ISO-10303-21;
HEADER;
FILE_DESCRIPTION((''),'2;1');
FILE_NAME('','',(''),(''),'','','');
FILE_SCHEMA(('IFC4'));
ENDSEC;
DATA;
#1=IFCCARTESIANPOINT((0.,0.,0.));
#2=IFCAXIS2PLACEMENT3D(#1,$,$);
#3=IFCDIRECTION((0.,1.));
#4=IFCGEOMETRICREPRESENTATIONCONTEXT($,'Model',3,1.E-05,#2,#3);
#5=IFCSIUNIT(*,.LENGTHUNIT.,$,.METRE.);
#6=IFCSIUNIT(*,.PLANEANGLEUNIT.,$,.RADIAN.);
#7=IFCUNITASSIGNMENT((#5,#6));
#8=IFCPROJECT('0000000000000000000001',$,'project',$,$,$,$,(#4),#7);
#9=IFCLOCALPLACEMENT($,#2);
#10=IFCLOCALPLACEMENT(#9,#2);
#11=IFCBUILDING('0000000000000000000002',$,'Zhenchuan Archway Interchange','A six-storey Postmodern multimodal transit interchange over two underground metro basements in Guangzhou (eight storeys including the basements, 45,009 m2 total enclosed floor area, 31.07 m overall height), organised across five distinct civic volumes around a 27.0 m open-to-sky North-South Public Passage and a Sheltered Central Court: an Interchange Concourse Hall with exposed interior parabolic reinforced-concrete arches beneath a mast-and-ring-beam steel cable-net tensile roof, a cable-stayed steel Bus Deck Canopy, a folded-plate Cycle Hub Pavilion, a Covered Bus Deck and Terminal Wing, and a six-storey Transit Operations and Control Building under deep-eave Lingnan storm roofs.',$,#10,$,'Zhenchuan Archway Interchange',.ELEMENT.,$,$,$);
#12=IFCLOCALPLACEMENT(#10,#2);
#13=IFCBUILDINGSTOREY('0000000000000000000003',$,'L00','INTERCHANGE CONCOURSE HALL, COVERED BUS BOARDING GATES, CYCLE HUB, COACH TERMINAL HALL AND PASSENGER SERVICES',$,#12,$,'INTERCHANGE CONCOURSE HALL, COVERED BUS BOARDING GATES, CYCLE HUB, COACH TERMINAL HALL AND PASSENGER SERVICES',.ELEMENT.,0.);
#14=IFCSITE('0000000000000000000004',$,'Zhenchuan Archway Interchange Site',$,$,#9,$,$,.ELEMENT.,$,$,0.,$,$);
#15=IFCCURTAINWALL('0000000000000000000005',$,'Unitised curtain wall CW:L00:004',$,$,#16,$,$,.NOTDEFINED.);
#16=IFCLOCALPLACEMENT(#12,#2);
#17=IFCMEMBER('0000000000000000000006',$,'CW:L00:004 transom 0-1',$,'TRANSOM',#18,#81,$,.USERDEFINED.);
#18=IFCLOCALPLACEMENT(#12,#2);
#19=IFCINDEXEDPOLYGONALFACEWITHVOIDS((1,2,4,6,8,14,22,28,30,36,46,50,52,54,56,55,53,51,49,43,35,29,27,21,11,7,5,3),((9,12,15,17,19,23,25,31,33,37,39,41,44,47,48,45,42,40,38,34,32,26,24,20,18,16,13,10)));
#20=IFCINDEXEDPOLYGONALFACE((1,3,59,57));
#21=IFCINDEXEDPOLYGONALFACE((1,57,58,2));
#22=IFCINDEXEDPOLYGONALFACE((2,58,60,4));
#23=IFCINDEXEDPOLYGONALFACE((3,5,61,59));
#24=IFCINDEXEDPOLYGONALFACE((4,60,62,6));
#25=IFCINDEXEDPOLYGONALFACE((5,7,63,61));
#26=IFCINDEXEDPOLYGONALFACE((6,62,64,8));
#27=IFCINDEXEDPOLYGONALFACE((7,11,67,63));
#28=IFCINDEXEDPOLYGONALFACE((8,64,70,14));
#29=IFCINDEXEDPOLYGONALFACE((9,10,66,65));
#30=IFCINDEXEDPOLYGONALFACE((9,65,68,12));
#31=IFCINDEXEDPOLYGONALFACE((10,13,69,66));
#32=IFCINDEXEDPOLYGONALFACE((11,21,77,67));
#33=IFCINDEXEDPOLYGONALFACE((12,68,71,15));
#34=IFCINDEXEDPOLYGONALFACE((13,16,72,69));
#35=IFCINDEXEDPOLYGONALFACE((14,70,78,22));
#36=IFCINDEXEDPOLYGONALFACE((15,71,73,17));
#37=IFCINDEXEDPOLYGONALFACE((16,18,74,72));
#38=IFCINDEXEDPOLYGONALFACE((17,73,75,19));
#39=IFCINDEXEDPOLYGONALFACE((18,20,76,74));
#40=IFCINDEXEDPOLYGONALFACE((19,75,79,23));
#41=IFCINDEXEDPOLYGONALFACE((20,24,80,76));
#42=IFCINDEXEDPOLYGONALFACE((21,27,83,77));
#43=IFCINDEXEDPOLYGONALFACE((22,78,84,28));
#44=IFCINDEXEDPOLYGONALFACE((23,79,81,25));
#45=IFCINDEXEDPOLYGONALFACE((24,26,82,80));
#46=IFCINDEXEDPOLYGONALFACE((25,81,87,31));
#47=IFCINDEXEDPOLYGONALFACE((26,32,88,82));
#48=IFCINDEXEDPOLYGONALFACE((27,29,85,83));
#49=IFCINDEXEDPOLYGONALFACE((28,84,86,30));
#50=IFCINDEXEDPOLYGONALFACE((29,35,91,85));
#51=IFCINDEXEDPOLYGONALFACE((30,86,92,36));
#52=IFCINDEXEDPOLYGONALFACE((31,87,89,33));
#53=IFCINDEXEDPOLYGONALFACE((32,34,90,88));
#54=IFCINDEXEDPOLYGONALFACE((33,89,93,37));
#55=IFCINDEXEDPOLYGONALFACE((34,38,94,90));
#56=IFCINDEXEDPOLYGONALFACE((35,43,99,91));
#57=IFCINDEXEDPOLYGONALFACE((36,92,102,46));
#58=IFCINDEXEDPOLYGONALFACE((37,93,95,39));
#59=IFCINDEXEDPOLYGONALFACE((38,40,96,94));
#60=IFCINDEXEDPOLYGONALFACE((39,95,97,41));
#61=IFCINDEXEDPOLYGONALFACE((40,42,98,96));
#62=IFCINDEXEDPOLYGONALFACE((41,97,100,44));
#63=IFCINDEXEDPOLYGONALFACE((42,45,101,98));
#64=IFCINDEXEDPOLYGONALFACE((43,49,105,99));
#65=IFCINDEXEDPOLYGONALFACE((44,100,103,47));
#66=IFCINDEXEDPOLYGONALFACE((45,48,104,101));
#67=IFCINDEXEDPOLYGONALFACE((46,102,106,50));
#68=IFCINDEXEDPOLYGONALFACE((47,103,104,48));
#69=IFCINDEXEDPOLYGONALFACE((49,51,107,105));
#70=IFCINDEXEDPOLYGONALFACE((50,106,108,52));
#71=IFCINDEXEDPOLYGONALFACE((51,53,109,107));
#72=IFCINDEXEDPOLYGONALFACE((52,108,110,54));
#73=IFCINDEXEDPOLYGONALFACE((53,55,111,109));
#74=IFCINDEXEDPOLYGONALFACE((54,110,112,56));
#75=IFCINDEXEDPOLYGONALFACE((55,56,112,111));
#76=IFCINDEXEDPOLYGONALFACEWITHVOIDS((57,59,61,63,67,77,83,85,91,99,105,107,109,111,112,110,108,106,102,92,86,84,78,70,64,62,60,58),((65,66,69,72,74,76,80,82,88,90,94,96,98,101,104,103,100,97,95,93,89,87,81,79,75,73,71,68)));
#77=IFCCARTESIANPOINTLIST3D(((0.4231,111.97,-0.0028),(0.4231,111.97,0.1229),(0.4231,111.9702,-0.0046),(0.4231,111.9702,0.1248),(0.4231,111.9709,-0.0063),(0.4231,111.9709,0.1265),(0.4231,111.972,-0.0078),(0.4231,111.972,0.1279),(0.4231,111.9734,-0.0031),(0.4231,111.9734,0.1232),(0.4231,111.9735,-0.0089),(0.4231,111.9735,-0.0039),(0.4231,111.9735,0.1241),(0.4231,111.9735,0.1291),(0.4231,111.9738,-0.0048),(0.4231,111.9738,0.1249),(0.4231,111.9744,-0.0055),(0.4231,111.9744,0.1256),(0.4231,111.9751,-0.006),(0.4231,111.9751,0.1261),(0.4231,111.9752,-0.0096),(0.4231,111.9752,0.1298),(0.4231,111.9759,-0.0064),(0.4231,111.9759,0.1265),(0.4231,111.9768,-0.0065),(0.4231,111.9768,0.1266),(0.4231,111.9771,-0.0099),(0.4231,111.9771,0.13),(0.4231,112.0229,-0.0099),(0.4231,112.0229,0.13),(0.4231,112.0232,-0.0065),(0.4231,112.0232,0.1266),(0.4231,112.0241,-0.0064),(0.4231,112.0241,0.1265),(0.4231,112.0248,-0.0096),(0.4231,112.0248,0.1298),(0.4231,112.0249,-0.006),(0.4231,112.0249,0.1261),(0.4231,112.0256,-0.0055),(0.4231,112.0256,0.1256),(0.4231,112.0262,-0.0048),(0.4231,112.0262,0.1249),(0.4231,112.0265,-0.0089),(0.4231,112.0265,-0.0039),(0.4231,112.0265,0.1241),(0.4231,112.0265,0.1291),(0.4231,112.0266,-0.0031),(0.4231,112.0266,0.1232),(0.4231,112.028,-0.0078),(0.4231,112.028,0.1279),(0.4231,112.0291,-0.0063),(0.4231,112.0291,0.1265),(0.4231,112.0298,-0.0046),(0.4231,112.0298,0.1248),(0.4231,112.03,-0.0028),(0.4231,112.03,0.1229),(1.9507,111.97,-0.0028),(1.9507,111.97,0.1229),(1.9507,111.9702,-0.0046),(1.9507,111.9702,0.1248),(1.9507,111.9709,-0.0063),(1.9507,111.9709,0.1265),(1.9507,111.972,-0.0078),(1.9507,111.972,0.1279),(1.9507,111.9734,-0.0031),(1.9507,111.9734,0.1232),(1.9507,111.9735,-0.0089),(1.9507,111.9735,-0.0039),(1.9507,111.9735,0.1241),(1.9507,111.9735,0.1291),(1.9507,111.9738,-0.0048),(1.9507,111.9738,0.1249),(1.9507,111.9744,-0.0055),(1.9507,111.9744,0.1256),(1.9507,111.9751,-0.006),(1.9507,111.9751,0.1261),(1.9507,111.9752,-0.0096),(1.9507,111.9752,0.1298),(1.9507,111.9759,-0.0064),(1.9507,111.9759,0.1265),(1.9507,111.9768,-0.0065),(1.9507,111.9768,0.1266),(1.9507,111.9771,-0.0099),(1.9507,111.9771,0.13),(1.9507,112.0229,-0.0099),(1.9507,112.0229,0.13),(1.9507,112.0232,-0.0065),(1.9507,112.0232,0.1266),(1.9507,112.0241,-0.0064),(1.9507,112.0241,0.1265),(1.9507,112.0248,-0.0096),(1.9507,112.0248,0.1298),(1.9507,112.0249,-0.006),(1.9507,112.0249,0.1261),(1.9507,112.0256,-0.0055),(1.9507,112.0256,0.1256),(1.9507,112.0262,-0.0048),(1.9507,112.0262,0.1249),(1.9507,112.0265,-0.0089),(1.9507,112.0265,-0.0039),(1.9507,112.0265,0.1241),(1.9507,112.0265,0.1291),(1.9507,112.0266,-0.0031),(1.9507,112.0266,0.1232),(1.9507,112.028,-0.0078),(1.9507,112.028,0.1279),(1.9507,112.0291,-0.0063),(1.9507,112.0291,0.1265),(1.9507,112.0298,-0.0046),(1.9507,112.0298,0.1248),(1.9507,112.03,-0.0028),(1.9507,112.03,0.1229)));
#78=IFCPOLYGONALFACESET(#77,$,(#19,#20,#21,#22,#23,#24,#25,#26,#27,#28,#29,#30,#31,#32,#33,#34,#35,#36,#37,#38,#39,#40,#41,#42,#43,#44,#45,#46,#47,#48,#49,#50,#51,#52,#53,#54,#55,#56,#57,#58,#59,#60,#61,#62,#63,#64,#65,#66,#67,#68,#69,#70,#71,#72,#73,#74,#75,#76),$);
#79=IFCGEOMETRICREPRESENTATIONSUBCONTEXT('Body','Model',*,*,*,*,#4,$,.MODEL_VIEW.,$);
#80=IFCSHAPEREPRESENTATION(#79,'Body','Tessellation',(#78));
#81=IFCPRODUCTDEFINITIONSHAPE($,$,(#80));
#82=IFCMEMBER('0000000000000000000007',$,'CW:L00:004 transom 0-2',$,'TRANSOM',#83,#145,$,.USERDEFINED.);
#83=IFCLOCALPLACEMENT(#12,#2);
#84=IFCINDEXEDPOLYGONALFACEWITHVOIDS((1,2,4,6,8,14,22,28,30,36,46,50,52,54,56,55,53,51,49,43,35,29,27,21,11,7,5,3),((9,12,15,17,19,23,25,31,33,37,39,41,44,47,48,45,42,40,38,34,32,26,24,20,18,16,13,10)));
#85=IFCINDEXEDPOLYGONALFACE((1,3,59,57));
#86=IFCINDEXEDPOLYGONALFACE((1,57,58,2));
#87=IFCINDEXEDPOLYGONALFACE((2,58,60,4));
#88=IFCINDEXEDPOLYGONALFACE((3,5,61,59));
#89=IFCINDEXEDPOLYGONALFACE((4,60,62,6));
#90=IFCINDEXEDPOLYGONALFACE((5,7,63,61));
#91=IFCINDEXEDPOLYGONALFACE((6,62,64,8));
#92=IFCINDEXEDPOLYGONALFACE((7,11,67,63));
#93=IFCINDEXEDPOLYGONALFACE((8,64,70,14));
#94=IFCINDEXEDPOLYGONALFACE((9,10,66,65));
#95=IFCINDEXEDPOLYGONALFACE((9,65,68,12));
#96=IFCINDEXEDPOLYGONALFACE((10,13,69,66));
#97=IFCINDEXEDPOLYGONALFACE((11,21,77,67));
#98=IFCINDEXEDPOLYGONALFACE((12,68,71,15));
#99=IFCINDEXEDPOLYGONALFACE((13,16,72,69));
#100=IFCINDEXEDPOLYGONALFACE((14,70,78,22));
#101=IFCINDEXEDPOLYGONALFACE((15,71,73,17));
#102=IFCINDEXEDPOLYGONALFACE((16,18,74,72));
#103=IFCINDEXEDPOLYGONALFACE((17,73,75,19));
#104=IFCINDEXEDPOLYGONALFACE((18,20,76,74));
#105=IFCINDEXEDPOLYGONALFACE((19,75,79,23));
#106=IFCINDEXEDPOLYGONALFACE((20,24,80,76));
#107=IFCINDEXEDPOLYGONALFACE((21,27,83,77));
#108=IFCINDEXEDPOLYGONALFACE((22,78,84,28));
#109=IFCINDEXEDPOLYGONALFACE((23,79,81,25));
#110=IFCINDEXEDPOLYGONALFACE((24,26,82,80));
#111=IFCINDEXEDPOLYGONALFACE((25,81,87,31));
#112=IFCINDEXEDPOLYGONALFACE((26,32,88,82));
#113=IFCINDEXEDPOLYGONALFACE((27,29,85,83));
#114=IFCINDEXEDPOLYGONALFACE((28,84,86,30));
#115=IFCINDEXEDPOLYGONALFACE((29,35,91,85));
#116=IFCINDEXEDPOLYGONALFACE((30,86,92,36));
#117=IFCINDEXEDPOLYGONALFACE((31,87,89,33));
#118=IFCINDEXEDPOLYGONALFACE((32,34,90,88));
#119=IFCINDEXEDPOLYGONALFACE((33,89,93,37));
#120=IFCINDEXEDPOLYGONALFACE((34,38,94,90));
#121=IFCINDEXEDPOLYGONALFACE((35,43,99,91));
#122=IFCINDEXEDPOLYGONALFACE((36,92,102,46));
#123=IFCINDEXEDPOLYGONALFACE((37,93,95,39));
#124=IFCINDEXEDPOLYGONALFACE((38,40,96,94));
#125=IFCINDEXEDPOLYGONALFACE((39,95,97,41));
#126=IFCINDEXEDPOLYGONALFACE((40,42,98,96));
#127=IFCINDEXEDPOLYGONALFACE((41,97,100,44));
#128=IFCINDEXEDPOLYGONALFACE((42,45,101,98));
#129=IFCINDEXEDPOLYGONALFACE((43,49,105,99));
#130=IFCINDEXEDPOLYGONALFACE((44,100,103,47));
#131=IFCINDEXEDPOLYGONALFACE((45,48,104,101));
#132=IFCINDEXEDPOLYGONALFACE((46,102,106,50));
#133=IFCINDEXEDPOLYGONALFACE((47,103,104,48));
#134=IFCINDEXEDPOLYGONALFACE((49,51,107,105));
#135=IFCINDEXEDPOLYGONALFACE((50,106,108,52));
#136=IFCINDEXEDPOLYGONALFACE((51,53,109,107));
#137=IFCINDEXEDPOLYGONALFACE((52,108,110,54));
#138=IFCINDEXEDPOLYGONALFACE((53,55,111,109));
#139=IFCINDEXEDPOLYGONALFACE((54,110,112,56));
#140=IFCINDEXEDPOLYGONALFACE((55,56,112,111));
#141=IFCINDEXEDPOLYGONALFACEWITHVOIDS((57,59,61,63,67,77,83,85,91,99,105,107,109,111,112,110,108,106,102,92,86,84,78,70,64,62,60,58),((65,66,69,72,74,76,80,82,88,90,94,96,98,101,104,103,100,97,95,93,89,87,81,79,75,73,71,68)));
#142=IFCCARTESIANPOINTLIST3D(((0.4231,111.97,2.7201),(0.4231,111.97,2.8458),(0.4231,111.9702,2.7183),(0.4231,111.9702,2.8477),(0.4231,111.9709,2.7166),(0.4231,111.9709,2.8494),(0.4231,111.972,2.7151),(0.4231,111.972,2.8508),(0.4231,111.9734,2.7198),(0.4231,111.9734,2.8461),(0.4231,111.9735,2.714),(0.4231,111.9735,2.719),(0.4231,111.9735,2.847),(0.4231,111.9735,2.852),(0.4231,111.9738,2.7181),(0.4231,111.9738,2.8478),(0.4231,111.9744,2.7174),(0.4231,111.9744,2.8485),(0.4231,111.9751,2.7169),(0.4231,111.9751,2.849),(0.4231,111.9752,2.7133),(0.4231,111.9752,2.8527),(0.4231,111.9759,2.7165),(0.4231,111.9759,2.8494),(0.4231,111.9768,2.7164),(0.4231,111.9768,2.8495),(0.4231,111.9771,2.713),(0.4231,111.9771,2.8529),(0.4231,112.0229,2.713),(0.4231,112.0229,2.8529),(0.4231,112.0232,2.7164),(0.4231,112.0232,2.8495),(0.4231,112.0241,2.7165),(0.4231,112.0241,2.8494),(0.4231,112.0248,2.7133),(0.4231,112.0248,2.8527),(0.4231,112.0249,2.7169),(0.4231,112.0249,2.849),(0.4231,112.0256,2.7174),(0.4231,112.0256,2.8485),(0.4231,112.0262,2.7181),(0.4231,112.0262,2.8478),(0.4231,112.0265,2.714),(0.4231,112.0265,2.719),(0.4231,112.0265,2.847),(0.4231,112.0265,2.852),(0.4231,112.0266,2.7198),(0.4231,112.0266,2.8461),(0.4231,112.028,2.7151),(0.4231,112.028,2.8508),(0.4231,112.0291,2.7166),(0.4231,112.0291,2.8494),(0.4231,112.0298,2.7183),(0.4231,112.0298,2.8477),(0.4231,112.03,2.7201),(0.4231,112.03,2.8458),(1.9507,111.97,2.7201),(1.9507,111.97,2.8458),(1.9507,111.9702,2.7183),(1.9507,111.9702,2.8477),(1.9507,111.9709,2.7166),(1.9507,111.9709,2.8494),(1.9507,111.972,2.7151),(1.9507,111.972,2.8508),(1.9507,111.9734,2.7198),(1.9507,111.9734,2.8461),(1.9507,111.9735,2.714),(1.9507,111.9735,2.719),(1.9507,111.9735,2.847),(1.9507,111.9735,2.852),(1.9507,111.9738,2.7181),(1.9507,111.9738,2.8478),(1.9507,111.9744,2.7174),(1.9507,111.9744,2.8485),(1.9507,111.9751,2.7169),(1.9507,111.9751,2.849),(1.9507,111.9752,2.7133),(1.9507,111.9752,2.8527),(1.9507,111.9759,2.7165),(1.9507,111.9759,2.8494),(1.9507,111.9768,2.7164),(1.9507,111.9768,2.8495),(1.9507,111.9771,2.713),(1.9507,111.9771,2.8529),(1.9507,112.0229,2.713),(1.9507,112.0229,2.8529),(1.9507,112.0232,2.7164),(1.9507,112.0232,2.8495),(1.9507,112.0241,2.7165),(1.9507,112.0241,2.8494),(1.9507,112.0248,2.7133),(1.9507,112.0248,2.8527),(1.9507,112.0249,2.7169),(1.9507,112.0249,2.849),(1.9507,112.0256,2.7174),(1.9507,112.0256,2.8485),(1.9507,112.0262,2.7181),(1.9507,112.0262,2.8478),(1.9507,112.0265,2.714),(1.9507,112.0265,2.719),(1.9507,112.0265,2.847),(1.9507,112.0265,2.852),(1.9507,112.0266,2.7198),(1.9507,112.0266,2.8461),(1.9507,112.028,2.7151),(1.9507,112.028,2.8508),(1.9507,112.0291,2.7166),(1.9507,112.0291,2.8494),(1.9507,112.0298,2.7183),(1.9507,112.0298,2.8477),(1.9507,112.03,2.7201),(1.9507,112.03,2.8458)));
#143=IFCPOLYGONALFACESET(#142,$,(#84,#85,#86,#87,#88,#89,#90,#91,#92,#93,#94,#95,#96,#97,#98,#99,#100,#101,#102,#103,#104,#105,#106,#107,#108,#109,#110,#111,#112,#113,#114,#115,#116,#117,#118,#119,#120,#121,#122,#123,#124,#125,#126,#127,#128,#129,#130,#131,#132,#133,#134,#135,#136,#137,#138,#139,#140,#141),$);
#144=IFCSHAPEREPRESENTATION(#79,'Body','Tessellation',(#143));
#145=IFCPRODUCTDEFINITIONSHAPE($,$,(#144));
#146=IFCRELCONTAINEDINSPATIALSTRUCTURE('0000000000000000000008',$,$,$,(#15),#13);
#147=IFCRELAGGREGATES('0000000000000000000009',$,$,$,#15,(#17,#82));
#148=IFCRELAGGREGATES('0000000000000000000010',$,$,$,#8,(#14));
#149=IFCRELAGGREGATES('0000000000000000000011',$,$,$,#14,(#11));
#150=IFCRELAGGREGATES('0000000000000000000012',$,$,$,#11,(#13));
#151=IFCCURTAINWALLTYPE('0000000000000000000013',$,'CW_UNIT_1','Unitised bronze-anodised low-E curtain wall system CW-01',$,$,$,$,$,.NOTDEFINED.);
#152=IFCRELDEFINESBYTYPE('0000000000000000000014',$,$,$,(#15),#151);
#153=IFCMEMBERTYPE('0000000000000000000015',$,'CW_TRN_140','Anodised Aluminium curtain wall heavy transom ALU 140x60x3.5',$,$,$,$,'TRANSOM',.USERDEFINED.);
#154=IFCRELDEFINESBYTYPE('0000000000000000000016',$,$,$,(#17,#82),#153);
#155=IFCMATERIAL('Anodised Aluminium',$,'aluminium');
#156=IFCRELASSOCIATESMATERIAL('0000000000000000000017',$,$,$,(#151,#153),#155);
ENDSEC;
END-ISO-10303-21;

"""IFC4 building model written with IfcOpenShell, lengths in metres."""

from ifc_helpers import new_model, si_unit, direction, frame, origin, origin_2d, place, context, subcontext, project, spatial, hollow_rectangle, extrude, material, material_profile, profile_set, type_object, element, aggregate, save


model = new_model("IFC4")

# Units and contexts
model_context = context("Model", 3, precision=1e-05, world=origin(), true_north=direction((0.0, 1.0)))
body_context = subcontext(model_context, "Body", "Model", "MODEL_VIEW")
ifc_project = project(units=[si_unit("LENGTHUNIT", "METRE"), si_unit("PLANEANGLEUNIT", "RADIAN")], contexts=[model_context])

# Site, building, storey
site_placement = place(None, origin())
site = spatial("IfcSite", under=ifc_project, at=site_placement, Name="Zhenchuan Archway Interchange Site", CompositionType="ELEMENT", RefElevation=0.0)
building_placement = place(site_placement, origin())
building = spatial("IfcBuilding", under=site, at=building_placement, Name="Zhenchuan Archway Interchange", Description="A six-storey Postmodern multimodal transit interchange over two underground metro basements in Guangzhou (eight storeys including the basements, 45,009 m2 total enclosed floor area, 31.07 m overall height), organised across five distinct civic volumes around a 27.0 m open-to-sky North-South Public Passage and a Sheltered Central Court: an Interchange Concourse Hall with exposed interior parabolic reinforced-concrete arches beneath a mast-and-ring-beam steel cable-net tensile roof, a cable-stayed steel Bus Deck Canopy, a folded-plate Cycle Hub Pavilion, a Covered Bus Deck and Terminal Wing, and a six-storey Transit Operations and Control Building under deep-eave Lingnan storm roofs.", LongName="Zhenchuan Archway Interchange", CompositionType="ELEMENT")
storey_placement = place(building_placement, origin())
storey = spatial("IfcBuildingStorey", under=building, at=storey_placement, Name="L00", Description="INTERCHANGE CONCOURSE HALL, COVERED BUS BOARDING GATES, CYCLE HUB, COACH TERMINAL HALL AND PASSENGER SERVICES", LongName="INTERCHANGE CONCOURSE HALL, COVERED BUS BOARDING GATES, CYCLE HUB, COACH TERMINAL HALL AND PASSENGER SERVICES", CompositionType="ELEMENT", Elevation=0.0)

# Curtain wall, members
ifc_material_1 = material(Name="Anodised Aluminium", Category="aluminium")
curtain_wall_type = type_object("IfcCurtainWallType", Name="CW_UNIT_1", Description="Unitised bronze-anodised low-E curtain wall system CW-01", PredefinedType="NOTDEFINED", material=ifc_material_1)
curtain_wall_placement = place(storey_placement, origin())
curtain_wall = element("IfcCurtainWall", 1, at=curtain_wall_placement, inside=storey, type_object=curtain_wall_type, Name="Unitised curtain wall CW:L00:004", PredefinedType="NOTDEFINED")
ifc_material_profile_1 = material_profile(ifc_material_1, hollow_rectangle(XDim=0.0601, YDim=0.1399, WallThickness=0.0034, InnerFilletRadius=0.0034, OuterFilletRadius=0.0071, at=origin_2d()), Name="ALU 140x60x3.5")
ifc_profile_set_1 = profile_set([ifc_material_profile_1], Name="Anodised Aluminium")
member_type_1 = type_object("IfcMemberType", Name="CW_TRN_140", Description="Anodised Aluminium curtain wall heavy transom ALU 140x60x3.5", ElementType="TRANSOM", PredefinedType="USERDEFINED", material=ifc_profile_set_1)
member_1_placement = place(storey_placement, frame((0.4231, 112.0, 0.0601), z_axis=(1.0, 0.0, 0.0), x_axis=(0.0, 1.0, 0.0)))
member_1 = element("IfcMember", 2, at=member_1_placement, type_object=member_type_1, Name="CW:L00:004 transom 0-1", ObjectType="TRANSOM", PredefinedType="USERDEFINED", context=body_context, shape_type="SweptSolid", body=[
    extrude(hollow_rectangle(XDim=0.0601, YDim=0.1399, WallThickness=0.0034, InnerFilletRadius=0.0034, OuterFilletRadius=0.0071, at=origin_2d()), origin(), (0.0, 0.0, 1.0), 1.5276),
])
member_2_placement = place(storey_placement, frame((0.4231, 112.0, 2.783), z_axis=(1.0, 0.0, 0.0), x_axis=(0.0, 1.0, 0.0)))
member_2 = element("IfcMember", 3, at=member_2_placement, type_object=member_type_1, Name="CW:L00:004 transom 0-2", ObjectType="TRANSOM", PredefinedType="USERDEFINED", context=body_context, shape_type="SweptSolid", body=[
    extrude(hollow_rectangle(XDim=0.0601, YDim=0.1399, WallThickness=0.0034, InnerFilletRadius=0.0034, OuterFilletRadius=0.0071, at=origin_2d()), origin(), (0.0, 0.0, 1.0), 1.5276),
])

aggregate(curtain_wall, [member_1, member_2])

save(model, "model.ifc")
